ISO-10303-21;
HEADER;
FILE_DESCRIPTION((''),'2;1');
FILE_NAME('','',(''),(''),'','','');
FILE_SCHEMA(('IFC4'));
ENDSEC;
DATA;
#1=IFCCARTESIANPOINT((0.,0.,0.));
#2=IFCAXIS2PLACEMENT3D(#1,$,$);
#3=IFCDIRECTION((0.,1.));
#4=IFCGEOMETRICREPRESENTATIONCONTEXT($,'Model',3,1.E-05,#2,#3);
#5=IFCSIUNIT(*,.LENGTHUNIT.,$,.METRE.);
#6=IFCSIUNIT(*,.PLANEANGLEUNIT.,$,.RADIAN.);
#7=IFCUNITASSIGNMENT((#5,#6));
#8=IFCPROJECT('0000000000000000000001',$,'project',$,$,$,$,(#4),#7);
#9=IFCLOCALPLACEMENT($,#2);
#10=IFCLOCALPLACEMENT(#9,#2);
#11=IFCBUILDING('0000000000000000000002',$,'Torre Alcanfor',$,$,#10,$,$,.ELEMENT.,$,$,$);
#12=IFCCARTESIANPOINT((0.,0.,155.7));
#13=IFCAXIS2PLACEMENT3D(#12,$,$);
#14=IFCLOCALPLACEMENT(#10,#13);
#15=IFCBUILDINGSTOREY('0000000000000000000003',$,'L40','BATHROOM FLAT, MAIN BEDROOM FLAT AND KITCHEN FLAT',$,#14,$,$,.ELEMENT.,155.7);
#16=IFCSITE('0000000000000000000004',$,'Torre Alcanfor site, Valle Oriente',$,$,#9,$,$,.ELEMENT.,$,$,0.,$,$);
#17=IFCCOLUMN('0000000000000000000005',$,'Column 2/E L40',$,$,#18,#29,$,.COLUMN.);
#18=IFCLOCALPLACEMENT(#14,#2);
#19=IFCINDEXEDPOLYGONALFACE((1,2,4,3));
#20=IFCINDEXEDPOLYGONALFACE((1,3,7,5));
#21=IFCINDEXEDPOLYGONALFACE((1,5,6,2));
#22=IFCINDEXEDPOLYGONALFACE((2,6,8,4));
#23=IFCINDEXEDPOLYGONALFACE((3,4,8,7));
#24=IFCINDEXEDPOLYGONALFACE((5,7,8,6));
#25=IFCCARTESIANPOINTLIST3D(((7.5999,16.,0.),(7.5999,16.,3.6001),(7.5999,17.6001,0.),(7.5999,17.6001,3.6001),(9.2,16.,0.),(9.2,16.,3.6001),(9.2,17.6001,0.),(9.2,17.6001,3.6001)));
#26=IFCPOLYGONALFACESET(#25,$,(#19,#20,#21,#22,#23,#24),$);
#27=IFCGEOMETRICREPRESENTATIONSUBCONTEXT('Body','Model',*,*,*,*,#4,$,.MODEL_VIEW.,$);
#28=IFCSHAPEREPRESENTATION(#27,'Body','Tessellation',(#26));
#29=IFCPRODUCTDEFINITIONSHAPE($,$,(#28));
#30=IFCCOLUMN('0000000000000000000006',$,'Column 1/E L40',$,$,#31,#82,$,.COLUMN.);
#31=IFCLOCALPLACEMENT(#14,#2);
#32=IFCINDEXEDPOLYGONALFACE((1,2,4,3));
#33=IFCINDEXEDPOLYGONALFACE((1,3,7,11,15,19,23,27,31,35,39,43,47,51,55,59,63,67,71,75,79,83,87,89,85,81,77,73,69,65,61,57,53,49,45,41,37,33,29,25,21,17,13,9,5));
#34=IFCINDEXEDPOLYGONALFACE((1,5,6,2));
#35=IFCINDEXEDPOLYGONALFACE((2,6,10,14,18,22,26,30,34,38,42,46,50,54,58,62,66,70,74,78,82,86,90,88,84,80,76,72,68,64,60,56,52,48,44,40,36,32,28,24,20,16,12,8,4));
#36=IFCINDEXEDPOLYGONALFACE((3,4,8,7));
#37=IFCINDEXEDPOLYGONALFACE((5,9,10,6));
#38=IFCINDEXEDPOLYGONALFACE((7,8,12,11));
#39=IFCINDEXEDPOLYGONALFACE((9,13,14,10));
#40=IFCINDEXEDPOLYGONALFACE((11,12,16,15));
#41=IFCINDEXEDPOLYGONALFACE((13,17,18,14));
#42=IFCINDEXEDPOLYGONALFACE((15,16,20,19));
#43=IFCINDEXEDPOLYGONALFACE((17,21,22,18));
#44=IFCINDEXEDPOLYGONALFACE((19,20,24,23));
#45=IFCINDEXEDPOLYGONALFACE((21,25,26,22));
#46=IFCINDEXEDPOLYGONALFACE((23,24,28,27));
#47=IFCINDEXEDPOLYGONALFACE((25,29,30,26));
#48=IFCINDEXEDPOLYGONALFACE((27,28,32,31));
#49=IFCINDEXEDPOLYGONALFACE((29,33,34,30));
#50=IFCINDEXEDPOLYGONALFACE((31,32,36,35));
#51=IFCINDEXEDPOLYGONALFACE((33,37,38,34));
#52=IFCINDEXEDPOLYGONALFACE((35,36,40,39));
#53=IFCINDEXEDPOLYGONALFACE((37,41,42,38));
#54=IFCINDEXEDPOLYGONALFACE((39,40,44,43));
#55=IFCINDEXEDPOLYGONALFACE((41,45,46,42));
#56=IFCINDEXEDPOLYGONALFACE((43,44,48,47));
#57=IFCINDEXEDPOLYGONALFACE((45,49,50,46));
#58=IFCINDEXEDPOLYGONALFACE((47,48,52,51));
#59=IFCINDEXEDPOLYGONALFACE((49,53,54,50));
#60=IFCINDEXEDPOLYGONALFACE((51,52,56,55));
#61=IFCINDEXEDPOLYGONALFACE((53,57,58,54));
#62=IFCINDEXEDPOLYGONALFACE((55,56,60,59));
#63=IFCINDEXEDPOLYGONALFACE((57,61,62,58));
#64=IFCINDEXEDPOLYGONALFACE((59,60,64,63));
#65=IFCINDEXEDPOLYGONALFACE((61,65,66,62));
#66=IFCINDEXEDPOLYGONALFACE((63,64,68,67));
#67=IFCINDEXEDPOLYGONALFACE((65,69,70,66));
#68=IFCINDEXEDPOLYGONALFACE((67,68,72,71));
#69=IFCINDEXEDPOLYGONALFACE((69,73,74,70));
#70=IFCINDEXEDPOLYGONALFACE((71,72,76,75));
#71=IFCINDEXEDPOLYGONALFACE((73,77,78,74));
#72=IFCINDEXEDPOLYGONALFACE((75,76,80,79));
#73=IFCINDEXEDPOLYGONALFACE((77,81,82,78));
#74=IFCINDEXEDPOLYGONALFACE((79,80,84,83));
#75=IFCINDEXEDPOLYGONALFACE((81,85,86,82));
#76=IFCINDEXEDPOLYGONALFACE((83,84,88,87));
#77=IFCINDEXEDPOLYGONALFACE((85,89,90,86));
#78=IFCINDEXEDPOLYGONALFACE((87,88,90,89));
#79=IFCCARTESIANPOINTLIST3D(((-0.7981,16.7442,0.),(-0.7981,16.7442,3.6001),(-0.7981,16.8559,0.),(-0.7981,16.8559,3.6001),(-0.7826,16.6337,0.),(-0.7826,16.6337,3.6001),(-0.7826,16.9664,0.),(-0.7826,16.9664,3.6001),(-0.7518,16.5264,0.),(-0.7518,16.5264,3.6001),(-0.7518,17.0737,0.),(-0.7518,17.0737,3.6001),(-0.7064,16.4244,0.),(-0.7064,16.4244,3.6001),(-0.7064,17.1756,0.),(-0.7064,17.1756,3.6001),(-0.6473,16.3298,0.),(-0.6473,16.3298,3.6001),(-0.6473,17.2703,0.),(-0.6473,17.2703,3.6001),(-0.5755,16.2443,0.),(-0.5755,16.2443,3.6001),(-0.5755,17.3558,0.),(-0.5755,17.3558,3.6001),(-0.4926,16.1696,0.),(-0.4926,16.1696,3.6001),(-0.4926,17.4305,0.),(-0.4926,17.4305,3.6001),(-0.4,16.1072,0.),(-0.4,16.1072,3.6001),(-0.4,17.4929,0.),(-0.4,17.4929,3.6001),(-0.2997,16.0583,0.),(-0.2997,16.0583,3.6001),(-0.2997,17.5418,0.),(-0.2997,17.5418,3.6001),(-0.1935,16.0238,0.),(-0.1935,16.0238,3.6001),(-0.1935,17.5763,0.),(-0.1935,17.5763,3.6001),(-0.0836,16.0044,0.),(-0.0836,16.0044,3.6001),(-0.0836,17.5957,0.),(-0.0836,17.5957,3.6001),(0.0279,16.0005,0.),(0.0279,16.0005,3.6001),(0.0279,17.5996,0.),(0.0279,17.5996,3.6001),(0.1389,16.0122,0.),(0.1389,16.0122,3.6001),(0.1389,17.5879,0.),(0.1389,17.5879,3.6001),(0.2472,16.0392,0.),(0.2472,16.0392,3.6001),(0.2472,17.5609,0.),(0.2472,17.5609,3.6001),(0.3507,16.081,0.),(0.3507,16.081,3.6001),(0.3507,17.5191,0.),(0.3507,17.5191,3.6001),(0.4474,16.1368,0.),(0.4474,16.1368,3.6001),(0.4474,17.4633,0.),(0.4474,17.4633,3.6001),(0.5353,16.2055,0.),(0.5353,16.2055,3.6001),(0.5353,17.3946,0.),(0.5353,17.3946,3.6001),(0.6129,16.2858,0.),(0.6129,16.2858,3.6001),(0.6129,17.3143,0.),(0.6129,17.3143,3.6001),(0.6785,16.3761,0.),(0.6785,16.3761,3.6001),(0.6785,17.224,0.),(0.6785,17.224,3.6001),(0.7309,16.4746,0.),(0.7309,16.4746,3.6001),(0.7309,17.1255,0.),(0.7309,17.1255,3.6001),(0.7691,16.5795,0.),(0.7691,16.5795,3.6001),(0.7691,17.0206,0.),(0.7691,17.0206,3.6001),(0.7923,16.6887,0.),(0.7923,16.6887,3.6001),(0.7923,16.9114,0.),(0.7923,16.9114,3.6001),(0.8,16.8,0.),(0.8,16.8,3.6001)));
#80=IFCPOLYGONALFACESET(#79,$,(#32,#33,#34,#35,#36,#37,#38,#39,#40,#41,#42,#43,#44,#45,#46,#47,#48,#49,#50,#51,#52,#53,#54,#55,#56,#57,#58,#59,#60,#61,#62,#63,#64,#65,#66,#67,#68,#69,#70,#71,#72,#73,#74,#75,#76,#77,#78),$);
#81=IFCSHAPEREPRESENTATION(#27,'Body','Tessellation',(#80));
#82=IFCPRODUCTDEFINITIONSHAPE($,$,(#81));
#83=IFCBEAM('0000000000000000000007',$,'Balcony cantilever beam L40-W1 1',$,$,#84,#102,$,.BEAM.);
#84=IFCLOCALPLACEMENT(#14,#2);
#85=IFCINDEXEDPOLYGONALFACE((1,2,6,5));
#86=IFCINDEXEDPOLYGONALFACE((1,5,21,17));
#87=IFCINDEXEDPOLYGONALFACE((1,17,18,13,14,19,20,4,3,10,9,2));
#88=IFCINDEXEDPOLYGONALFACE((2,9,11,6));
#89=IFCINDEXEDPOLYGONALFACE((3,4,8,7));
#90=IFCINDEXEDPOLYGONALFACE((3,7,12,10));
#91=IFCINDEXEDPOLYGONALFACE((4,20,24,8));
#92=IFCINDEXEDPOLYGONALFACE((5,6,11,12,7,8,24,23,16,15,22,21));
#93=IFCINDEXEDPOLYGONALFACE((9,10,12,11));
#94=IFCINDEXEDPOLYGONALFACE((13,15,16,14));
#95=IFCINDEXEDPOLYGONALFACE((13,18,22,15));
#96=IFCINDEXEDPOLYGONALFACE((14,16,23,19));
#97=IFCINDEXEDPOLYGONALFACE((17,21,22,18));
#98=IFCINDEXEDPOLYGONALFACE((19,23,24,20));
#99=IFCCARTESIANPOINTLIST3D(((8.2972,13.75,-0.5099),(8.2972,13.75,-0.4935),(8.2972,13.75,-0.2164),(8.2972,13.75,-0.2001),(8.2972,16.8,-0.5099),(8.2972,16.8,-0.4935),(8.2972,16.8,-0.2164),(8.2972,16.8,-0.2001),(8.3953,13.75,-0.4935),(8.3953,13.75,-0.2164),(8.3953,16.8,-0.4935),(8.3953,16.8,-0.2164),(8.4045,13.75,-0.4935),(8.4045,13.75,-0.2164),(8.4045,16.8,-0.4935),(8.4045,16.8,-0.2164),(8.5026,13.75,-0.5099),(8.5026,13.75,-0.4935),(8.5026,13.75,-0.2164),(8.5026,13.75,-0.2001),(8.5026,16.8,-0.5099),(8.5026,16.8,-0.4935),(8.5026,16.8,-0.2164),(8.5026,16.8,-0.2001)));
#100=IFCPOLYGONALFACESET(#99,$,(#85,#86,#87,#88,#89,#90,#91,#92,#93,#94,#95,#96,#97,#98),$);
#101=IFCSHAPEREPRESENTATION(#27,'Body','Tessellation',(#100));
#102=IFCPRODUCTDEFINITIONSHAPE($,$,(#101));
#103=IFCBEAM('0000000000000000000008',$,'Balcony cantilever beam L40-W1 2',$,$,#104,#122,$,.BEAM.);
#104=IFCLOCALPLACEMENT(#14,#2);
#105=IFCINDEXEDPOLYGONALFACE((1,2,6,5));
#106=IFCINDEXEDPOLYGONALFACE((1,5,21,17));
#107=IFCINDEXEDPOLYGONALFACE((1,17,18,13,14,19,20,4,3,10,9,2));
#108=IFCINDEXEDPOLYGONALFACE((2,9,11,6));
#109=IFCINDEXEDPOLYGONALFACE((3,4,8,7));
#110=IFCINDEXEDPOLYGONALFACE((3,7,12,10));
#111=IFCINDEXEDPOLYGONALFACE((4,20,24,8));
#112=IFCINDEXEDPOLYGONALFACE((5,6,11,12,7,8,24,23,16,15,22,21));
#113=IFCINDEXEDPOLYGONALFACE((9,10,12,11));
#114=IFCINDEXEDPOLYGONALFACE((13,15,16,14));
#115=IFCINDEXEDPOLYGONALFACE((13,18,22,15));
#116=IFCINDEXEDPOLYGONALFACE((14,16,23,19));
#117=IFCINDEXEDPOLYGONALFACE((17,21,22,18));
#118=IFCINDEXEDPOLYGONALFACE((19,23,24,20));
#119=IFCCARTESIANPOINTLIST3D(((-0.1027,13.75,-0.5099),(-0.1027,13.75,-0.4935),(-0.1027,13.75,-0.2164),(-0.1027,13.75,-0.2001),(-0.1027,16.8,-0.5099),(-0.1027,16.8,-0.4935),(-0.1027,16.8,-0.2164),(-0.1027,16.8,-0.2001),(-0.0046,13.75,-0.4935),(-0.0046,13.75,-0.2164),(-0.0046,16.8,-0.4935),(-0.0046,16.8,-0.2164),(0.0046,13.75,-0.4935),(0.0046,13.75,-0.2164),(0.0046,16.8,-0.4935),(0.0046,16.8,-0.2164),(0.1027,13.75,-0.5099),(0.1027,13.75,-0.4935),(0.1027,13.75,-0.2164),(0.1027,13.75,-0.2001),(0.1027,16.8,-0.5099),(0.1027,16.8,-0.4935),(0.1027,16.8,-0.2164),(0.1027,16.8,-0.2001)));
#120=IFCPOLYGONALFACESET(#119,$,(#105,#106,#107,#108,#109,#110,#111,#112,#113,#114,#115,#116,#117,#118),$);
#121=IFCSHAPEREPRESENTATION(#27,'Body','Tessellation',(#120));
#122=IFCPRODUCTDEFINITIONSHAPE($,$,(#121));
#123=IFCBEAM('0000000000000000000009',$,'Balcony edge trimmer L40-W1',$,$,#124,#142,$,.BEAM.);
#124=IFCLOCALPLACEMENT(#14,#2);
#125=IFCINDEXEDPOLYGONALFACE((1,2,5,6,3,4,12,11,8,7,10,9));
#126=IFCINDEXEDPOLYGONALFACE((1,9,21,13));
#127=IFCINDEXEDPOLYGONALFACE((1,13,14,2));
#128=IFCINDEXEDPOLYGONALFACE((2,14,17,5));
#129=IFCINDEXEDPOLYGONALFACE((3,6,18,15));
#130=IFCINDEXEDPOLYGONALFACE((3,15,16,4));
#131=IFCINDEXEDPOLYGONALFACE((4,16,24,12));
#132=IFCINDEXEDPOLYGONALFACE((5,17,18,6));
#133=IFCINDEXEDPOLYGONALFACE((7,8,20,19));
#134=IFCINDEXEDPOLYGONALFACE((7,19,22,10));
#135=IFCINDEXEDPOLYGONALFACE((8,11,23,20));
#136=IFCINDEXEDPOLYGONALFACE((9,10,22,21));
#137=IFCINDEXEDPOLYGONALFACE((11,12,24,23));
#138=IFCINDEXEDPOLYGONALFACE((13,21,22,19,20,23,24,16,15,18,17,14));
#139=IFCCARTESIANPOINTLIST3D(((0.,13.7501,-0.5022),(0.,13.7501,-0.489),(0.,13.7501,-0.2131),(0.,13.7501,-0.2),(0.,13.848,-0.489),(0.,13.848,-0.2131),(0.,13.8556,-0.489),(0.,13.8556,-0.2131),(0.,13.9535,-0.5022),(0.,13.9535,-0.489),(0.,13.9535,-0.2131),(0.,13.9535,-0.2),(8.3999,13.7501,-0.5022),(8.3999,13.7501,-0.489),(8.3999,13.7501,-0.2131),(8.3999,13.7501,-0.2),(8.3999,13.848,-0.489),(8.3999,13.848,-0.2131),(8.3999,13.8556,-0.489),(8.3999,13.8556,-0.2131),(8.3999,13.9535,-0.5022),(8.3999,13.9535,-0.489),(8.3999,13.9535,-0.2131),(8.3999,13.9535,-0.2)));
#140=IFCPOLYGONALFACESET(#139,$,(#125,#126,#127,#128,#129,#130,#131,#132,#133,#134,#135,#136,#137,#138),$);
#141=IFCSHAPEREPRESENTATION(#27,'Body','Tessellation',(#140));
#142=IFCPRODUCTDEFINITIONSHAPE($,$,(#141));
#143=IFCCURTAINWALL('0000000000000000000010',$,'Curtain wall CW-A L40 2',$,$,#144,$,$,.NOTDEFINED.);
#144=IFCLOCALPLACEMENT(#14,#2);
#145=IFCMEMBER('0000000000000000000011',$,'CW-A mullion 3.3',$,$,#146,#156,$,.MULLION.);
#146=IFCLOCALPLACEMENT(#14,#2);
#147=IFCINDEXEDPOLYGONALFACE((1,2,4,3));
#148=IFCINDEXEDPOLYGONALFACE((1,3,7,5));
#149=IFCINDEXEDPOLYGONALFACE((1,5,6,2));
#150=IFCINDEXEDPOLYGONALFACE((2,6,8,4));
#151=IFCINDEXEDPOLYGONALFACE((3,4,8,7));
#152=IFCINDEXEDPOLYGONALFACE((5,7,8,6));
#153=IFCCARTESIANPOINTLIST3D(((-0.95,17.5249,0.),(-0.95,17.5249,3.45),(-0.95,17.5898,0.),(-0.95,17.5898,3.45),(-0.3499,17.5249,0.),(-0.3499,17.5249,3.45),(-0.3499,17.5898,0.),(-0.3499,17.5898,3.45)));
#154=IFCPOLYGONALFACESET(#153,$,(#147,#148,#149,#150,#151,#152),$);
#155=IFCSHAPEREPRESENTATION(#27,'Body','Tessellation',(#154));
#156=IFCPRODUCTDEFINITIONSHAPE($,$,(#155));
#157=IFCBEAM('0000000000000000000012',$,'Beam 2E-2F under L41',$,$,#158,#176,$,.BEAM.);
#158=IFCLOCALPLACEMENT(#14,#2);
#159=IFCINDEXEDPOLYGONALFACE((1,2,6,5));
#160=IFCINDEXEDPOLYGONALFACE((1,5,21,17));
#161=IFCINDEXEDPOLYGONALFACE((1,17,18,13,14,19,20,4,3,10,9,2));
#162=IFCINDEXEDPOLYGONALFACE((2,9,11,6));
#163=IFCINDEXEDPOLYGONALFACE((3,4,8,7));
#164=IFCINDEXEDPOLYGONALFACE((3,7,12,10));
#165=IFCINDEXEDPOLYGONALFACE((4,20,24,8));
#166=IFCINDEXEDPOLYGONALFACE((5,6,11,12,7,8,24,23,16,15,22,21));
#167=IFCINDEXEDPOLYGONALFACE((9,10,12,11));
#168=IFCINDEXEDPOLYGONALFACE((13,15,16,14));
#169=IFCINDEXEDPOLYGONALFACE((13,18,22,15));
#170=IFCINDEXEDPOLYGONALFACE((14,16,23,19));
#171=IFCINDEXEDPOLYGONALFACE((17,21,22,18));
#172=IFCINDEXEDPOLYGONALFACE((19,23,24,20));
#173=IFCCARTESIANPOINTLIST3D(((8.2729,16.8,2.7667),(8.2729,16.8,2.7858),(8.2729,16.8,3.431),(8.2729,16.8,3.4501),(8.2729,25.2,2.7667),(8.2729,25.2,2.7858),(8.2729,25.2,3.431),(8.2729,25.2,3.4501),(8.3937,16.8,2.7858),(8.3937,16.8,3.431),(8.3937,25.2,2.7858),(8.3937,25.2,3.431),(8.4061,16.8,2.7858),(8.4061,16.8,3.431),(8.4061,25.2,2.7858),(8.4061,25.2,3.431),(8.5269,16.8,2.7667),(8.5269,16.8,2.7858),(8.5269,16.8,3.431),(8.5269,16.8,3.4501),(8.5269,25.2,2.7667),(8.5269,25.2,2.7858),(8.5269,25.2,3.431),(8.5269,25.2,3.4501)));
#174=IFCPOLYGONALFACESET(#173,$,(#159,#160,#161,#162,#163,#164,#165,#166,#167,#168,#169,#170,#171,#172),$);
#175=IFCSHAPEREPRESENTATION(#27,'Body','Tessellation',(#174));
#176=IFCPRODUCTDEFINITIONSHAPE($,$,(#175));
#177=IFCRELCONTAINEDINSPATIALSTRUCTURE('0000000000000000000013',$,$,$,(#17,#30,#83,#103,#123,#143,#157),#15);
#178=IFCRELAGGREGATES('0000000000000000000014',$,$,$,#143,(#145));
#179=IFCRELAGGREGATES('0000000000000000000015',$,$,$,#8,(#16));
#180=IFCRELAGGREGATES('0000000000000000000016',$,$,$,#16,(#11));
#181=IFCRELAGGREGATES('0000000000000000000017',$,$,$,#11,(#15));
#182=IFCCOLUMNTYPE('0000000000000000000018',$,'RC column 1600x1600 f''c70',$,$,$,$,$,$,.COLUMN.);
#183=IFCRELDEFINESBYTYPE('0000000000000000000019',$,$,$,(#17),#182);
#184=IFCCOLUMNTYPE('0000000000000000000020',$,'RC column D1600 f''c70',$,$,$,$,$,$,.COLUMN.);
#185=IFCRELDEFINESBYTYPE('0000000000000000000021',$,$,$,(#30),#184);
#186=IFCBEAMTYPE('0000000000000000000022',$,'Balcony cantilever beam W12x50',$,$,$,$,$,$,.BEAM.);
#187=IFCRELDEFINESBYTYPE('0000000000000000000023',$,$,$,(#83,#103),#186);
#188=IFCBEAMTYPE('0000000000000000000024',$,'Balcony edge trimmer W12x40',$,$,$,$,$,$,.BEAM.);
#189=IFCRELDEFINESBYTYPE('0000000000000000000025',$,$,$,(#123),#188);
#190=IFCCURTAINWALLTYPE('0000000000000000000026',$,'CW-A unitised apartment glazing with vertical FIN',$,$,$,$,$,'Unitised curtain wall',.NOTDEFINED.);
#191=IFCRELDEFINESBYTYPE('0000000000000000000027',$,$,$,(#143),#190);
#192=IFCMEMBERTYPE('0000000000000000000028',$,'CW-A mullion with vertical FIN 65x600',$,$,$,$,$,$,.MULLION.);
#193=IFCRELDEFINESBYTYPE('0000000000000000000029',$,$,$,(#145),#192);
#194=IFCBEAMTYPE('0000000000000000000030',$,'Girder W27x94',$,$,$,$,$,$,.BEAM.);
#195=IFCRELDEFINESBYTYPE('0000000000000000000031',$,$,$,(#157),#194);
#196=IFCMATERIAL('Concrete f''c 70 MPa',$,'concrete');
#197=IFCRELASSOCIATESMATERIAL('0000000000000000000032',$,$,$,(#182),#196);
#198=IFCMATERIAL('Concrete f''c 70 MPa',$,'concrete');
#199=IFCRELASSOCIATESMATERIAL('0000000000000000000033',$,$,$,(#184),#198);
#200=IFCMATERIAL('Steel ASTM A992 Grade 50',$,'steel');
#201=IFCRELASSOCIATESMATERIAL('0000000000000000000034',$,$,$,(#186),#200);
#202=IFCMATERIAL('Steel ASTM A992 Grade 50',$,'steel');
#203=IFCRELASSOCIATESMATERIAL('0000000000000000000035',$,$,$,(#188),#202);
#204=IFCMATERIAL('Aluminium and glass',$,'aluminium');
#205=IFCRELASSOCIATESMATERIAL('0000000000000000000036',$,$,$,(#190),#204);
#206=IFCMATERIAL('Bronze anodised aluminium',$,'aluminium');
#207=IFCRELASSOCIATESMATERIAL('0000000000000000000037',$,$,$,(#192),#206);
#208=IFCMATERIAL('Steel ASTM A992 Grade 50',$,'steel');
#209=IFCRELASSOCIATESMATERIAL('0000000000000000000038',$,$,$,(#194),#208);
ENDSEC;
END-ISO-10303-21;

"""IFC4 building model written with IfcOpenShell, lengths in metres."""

from ifc_helpers import new_model, si_unit, direction, frame, origin, origin_2d, place, context, subcontext, project, spatial, rectangle, circle, i_section, extrude, material, material_profile, profile_set, type_object, element, aggregate, save


model = new_model("IFC4")

# Units and contexts
model_context = context("Model", 3, precision=1e-05, world=origin(), true_north=direction((0.0, 1.0)))
body_context = subcontext(model_context, "Body", "Model", "MODEL_VIEW")
ifc_project = project(units=[si_unit("LENGTHUNIT", "METRE"), si_unit("PLANEANGLEUNIT", "RADIAN")], contexts=[model_context])

# Site, building, storey
site_placement = place(None, origin())
site = spatial("IfcSite", under=ifc_project, at=site_placement, Name="Torre Alcanfor site, Valle Oriente", CompositionType="ELEMENT", RefElevation=0.0)
building_placement = place(site_placement, origin())
building = spatial("IfcBuilding", under=site, at=building_placement, Name="Torre Alcanfor", CompositionType="ELEMENT")
storey_placement = place(building_placement, frame((0.0, 0.0, 155.7)))
storey = spatial("IfcBuildingStorey", under=building, at=storey_placement, Name="L40", Description="BATHROOM FLAT, MAIN BEDROOM FLAT AND KITCHEN FLAT", CompositionType="ELEMENT", Elevation=155.7)

# Columns
ifc_material_1 = material(Name="Concrete f'c 70 MPa", Category="concrete")
ifc_material_profile_1 = material_profile(ifc_material_1, rectangle(XDim=1.6001, YDim=1.6001, at=origin_2d()), Name="1600x1600")
ifc_profile_set_1 = profile_set([ifc_material_profile_1], Name="Concrete f'c 70 MPa")
column_type_1 = type_object("IfcColumnType", Name="RC column 1600x1600 f'c70", PredefinedType="COLUMN", material=ifc_profile_set_1)
column_1_placement = place(storey_placement, frame((8.3999, 16.8, 0.0), z_axis=(0.0, 0.0, 1.0), x_axis=(1.0, 0.0, 0.0)))
element("IfcColumn", 1, at=column_1_placement, inside=storey, type_object=column_type_1, Name="Column 2/E L40", PredefinedType="COLUMN", context=body_context, shape_type="SweptSolid", body=[
    extrude(rectangle(XDim=1.6001, YDim=1.6001, at=origin_2d()), origin(), (0.0, 0.0, 1.0), 3.6001),
])
ifc_material_2 = material(Name="Concrete f'c 70 MPa", Category="concrete")
ifc_material_profile_2 = material_profile(ifc_material_2, circle(Radius=0.8, at=origin_2d()), Name="D1600")
ifc_profile_set_2 = profile_set([ifc_material_profile_2], Name="Concrete f'c 70 MPa")
column_type_2 = type_object("IfcColumnType", Name="RC column D1600 f'c70", PredefinedType="COLUMN", material=ifc_profile_set_2)
column_2_placement = place(storey_placement, frame((0.0, 16.8, 0.0), z_axis=(0.0, 0.0, 1.0), x_axis=(1.0, 0.0, 0.0)))
element("IfcColumn", 2, at=column_2_placement, inside=storey, type_object=column_type_2, Name="Column 1/E L40", PredefinedType="COLUMN", context=body_context, shape_type="SweptSolid", body=[
    extrude(circle(Radius=0.8, at=origin_2d()), origin(), (0.0, 0.0, 1.0), 3.6001),
])

# Beams
ifc_material_3 = material(Name="Steel ASTM A992 Grade 50", Category="steel")
ifc_material_profile_3 = material_profile(ifc_material_3, i_section(OverallWidth=0.2053, OverallDepth=0.3098, WebThickness=0.0093, FlangeThickness=0.0164, at=origin_2d()), Name="W12x50")
ifc_profile_set_3 = profile_set([ifc_material_profile_3], Name="Steel ASTM A992 Grade 50")
beam_type_1 = type_object("IfcBeamType", Name="Balcony cantilever beam W12x50", PredefinedType="BEAM", material=ifc_profile_set_3)
for number, where, z_axis, x_axis, name in (
    (3, (8.3999, 16.8, -0.355), (0.0, -1.0, 0.0), (1.0, 0.0, 0.0), "Balcony cantilever beam L40-W1 1"),
    (4, (0.0, 16.8, -0.355), (0.0, -1.0, 0.0), (1.0, 0.0, 0.0), "Balcony cantilever beam L40-W1 2"),
):
    element("IfcBeam", number, at=place(storey_placement, frame(where, z_axis=z_axis, x_axis=x_axis)), inside=storey, type_object=beam_type_1, Name=name, PredefinedType="BEAM", context=body_context, shape_type="SweptSolid", body=[
        extrude(i_section(OverallWidth=0.2053, OverallDepth=0.3098, WebThickness=0.0093, FlangeThickness=0.0164, at=origin_2d()), origin(), (0.0, 0.0, 1.0), 3.05),
    ])
ifc_material_4 = material(Name="Steel ASTM A992 Grade 50", Category="steel")
ifc_material_profile_4 = material_profile(ifc_material_4, i_section(OverallWidth=0.2034, OverallDepth=0.3022, WebThickness=0.0076, FlangeThickness=0.0132, at=origin_2d()), Name="W12x40")
ifc_profile_set_4 = profile_set([ifc_material_profile_4], Name="Steel ASTM A992 Grade 50")
beam_type_2 = type_object("IfcBeamType", Name="Balcony edge trimmer W12x40", PredefinedType="BEAM", material=ifc_profile_set_4)
beam_1_placement = place(storey_placement, frame((8.3999, 13.8518, -0.3511), z_axis=(-1.0, 0.0, 0.0), x_axis=(0.0, -1.0, 0.0)))
element("IfcBeam", 5, at=beam_1_placement, inside=storey, type_object=beam_type_2, Name="Balcony edge trimmer L40-W1", PredefinedType="BEAM", context=body_context, shape_type="SweptSolid", body=[
    extrude(i_section(OverallWidth=0.2034, OverallDepth=0.3022, WebThickness=0.0076, FlangeThickness=0.0132, at=origin_2d()), origin(), (0.0, 0.0, 1.0), 8.3999),
])

# Curtain wall, member
ifc_material_5 = material(Name="Aluminium and glass", Category="aluminium")
curtain_wall_type = type_object("IfcCurtainWallType", Name="CW-A unitised apartment glazing with vertical FIN", ElementType="Unitised curtain wall", PredefinedType="NOTDEFINED", material=ifc_material_5)
curtain_wall_placement = place(storey_placement, origin())
curtain_wall = element("IfcCurtainWall", 6, at=curtain_wall_placement, inside=storey, type_object=curtain_wall_type, Name="Curtain wall CW-A L40 2", PredefinedType="NOTDEFINED")
ifc_material_6 = material(Name="Bronze anodised aluminium", Category="aluminium")
ifc_material_profile_5 = material_profile(ifc_material_6, rectangle(XDim=0.6001, YDim=0.0649, at=origin_2d()), Name="CW-A mullion 65x600")
ifc_profile_set_5 = profile_set([ifc_material_profile_5], Name="Bronze anodised aluminium")
member_type = type_object("IfcMemberType", Name="CW-A mullion with vertical FIN 65x600", PredefinedType="MULLION", material=ifc_profile_set_5)
member_placement = place(storey_placement, frame((-0.6499, 17.5574, 0.0), z_axis=(0.0, 0.0, 1.0), x_axis=(1.0, 0.0, 0.0)))
member = element("IfcMember", 7, at=member_placement, type_object=member_type, Name="CW-A mullion 3.3", PredefinedType="MULLION", context=body_context, shape_type="SweptSolid", body=[
    extrude(rectangle(XDim=0.6001, YDim=0.0649, at=origin_2d()), origin(), (0.0, 0.0, 1.0), 3.45),
])

# Beam
ifc_material_7 = material(Name="Steel ASTM A992 Grade 50", Category="steel")
ifc_material_profile_6 = material_profile(ifc_material_7, i_section(OverallWidth=0.2539, OverallDepth=0.6833, WebThickness=0.0125, FlangeThickness=0.019, at=origin_2d()), Name="W27x94")
ifc_profile_set_6 = profile_set([ifc_material_profile_6], Name="Steel ASTM A992 Grade 50")
beam_type_3 = type_object("IfcBeamType", Name="Girder W27x94", PredefinedType="BEAM", material=ifc_profile_set_6)
beam_2_placement = place(storey_placement, frame((8.3999, 16.8, 3.1084), z_axis=(0.0, 1.0, 0.0), x_axis=(-1.0, 0.0, 0.0)))
element("IfcBeam", 8, at=beam_2_placement, inside=storey, type_object=beam_type_3, Name="Beam 2E-2F under L41", PredefinedType="BEAM", context=body_context, shape_type="SweptSolid", body=[
    extrude(i_section(OverallWidth=0.2539, OverallDepth=0.6833, WebThickness=0.0125, FlangeThickness=0.019, at=origin_2d()), origin(), (0.0, 0.0, 1.0), 8.3999),
])

aggregate(curtain_wall, [member])

save(model, "model.ifc")
